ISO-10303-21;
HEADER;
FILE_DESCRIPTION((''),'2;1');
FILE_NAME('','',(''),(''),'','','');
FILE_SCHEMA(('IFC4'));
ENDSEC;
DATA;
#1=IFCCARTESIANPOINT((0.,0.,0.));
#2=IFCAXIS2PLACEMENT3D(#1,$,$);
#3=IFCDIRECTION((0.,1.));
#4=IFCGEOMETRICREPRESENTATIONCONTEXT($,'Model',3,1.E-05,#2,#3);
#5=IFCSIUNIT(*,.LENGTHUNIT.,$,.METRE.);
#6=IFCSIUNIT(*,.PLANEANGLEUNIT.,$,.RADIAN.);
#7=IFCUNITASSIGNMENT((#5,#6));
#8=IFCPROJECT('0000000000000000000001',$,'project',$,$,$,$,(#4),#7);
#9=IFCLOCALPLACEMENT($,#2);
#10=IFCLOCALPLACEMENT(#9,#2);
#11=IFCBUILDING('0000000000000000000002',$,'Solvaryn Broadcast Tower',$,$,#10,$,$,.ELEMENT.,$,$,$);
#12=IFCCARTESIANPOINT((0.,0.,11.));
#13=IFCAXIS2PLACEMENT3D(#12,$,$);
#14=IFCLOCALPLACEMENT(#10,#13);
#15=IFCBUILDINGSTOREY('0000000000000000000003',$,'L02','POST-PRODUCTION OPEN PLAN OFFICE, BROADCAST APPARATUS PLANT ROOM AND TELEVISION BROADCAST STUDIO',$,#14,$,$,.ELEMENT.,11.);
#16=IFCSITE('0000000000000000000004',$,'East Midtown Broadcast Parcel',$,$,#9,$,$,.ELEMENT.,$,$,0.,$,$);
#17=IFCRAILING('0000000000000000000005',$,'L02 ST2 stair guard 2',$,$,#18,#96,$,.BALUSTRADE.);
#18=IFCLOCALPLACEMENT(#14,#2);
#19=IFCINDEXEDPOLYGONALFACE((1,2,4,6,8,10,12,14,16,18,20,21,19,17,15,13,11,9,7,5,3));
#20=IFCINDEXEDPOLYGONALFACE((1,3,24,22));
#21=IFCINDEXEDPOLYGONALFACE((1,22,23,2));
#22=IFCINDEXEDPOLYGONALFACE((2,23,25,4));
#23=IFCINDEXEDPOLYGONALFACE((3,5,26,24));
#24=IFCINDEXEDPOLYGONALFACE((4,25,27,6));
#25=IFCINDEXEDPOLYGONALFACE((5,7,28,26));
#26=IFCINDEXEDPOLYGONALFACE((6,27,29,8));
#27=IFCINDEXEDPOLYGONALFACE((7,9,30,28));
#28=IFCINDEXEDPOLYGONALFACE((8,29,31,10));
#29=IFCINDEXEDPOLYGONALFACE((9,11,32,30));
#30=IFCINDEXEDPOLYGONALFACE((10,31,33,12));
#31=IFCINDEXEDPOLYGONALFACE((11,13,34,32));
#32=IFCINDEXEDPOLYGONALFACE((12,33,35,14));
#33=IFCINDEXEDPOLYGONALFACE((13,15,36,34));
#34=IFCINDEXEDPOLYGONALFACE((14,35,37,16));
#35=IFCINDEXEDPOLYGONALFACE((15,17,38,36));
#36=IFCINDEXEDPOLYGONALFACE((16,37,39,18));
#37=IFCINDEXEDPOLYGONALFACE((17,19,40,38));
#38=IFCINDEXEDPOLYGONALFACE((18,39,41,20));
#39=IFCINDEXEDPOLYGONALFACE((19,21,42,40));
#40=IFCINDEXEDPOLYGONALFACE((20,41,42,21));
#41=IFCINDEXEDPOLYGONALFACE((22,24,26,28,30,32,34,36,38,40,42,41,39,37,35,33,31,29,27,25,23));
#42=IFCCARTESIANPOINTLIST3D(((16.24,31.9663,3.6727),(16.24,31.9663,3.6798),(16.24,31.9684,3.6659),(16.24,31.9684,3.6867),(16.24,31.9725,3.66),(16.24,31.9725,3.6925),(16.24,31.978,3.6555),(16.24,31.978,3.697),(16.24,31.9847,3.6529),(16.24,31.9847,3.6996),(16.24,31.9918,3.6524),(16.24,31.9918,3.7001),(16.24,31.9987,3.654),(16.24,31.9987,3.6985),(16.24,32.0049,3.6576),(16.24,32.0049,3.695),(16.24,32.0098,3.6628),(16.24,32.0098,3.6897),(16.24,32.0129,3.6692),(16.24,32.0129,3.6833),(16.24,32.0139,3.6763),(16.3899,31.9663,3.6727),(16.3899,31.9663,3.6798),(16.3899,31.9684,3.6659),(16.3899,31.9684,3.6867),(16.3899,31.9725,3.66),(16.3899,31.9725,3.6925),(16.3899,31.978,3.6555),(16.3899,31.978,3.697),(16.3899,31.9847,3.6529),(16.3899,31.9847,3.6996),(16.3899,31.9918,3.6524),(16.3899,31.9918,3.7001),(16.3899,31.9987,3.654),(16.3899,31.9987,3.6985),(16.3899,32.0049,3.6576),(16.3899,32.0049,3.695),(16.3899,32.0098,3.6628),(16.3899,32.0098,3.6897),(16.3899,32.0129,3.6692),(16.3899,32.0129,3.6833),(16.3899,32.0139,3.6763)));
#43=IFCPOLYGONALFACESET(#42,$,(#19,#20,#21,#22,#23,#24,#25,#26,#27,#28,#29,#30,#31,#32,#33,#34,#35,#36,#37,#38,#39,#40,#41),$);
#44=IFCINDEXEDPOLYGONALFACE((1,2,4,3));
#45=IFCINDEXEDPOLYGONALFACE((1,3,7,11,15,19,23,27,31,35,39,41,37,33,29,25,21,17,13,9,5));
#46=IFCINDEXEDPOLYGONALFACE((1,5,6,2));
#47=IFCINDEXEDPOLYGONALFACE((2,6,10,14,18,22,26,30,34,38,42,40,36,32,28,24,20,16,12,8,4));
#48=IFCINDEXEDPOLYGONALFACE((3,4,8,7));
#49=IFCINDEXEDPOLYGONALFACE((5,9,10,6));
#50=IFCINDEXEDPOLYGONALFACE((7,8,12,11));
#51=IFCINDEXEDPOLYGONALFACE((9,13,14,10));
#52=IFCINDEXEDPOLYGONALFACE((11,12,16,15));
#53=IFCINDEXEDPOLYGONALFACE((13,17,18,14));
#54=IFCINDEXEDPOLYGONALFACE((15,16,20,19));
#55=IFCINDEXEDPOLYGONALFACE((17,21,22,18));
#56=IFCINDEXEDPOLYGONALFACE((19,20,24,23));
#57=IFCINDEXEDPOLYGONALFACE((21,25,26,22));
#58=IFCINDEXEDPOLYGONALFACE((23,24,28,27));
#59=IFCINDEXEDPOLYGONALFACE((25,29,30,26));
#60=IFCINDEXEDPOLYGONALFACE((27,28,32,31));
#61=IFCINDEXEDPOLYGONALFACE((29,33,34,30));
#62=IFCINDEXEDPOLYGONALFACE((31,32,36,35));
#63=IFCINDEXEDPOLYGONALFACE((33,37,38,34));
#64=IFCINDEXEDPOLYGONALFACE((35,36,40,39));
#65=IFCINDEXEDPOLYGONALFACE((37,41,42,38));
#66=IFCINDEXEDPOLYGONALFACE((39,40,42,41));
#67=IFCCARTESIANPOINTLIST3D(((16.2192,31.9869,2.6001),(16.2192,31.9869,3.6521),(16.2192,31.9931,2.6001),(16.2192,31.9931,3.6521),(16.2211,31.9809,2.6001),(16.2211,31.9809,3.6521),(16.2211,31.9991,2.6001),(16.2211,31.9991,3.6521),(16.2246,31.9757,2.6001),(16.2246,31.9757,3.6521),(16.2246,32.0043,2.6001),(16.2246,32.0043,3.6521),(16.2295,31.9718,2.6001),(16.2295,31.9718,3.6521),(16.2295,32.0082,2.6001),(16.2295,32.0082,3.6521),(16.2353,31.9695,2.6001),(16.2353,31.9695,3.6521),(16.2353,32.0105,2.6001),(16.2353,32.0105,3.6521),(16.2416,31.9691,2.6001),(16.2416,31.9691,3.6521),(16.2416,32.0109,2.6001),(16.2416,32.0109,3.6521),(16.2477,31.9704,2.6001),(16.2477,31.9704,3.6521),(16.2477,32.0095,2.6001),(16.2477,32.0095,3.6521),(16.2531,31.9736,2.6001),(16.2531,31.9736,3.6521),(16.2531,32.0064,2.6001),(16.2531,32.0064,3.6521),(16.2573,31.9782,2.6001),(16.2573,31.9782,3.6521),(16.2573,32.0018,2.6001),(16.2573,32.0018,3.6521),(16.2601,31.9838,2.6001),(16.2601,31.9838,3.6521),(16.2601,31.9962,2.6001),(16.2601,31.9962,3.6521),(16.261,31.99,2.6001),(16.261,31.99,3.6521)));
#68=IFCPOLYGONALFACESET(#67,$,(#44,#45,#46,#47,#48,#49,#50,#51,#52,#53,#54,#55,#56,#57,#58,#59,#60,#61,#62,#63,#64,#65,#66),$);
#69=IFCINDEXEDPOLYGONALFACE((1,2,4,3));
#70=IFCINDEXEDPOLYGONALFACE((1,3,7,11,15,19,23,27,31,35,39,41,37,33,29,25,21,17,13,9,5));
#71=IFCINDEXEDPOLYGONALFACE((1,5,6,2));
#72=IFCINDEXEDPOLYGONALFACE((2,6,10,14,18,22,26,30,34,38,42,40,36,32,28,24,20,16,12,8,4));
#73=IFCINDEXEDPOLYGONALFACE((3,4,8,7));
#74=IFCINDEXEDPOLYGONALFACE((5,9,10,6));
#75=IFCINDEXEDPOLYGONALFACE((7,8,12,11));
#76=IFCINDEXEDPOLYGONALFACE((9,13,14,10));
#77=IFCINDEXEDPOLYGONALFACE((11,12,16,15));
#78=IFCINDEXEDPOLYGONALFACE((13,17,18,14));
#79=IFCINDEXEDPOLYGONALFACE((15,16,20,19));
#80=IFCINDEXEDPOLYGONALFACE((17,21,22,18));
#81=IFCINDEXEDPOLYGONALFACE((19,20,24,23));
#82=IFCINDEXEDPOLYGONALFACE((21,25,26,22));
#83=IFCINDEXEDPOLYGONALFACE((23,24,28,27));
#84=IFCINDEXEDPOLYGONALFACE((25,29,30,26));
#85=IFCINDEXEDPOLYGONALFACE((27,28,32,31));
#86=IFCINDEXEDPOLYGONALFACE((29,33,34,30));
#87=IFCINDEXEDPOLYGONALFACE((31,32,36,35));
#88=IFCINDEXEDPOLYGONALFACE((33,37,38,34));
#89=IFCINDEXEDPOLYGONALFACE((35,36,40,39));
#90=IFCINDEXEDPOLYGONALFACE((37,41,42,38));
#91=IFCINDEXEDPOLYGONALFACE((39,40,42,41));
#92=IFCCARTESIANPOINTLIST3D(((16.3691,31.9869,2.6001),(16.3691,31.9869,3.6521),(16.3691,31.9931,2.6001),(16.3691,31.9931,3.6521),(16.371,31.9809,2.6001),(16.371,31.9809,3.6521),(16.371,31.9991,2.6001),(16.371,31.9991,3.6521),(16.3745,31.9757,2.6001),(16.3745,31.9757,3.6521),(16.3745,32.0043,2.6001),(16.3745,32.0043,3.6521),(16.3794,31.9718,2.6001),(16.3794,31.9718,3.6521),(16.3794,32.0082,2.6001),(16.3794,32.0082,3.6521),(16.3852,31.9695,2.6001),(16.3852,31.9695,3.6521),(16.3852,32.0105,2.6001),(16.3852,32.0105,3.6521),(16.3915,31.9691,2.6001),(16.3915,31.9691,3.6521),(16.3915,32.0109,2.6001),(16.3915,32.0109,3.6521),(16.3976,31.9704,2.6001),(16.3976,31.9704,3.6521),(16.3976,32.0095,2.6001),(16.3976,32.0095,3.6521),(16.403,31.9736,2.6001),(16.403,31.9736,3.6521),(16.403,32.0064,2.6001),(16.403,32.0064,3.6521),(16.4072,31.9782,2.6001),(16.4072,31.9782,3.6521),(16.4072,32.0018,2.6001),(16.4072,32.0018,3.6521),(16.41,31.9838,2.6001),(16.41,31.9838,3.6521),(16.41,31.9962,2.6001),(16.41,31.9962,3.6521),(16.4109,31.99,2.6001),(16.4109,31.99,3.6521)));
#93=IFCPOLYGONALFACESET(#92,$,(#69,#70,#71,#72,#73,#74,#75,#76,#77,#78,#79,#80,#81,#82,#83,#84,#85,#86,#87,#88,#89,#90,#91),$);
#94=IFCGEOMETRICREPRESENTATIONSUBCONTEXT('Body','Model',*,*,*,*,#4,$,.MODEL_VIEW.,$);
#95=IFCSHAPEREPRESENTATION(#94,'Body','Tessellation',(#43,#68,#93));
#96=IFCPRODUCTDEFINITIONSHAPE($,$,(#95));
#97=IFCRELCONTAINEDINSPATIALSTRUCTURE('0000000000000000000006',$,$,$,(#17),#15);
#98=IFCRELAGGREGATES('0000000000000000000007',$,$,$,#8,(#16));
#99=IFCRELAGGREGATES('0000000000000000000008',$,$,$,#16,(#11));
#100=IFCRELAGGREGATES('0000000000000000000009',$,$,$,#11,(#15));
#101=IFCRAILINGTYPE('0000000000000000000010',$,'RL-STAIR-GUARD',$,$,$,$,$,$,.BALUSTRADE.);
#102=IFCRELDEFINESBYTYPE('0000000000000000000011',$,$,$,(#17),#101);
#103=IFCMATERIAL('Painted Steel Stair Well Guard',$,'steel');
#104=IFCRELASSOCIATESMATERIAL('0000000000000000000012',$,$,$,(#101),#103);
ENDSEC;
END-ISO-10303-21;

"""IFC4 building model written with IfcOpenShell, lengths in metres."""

from ifc_helpers import new_model, si_unit, direction, frame, origin, origin_2d, place, context, subcontext, project, spatial, circle, extrude, material, type_object, element, save


model = new_model("IFC4")

# Units and contexts
model_context = context("Model", 3, precision=1e-05, world=origin(), true_north=direction((0.0, 1.0)))
body_context = subcontext(model_context, "Body", "Model", "MODEL_VIEW")
ifc_project = project(units=[si_unit("LENGTHUNIT", "METRE"), si_unit("PLANEANGLEUNIT", "RADIAN")], contexts=[model_context])

# Site, building, storey
site_placement = place(None, origin())
site = spatial("IfcSite", under=ifc_project, at=site_placement, Name="East Midtown Broadcast Parcel", CompositionType="ELEMENT", RefElevation=0.0)
building_placement = place(site_placement, origin())
building = spatial("IfcBuilding", under=site, at=building_placement, Name="Solvaryn Broadcast Tower", CompositionType="ELEMENT")
storey_placement = place(building_placement, frame((0.0, 0.0, 11.0)))
storey = spatial("IfcBuildingStorey", under=building, at=storey_placement, Name="L02", Description="POST-PRODUCTION OPEN PLAN OFFICE, BROADCAST APPARATUS PLANT ROOM AND TELEVISION BROADCAST STUDIO", CompositionType="ELEMENT", Elevation=11.0)

# Railing
ifc_material_1 = material(Name="Painted Steel Stair Well Guard", Category="steel")
railing_type_1 = type_object("IfcRailingType", Name="RL-STAIR-GUARD", PredefinedType="BALUSTRADE", material=ifc_material_1)
railing_1_placement = place(storey_placement, frame((16.24, 31.99, 2.6001)))
element("IfcRailing", 1, at=railing_1_placement, inside=storey, type_object=railing_type_1, Name="L02 ST2 stair guard 2", PredefinedType="BALUSTRADE", context=body_context, shape_type="SweptSolid", body=[
    extrude(circle(Radius=0.0239, at=origin_2d()), frame((0.0, 0.0, 1.0762), z_axis=(1.0, 0.0, 0.0), x_axis=(0.0, 1.0, 0.0)), (0.0, 0.0, 1.0), 0.1499),
    extrude(circle(Radius=0.021, at=origin_2d()), origin(), (0.0, 0.0, 1.0), 1.052),
    extrude(circle(Radius=0.021, at=origin_2d()), frame((0.1499, 0.0, 0.0)), (0.0, 0.0, 1.0), 1.052),
])

save(model, "model.ifc")
